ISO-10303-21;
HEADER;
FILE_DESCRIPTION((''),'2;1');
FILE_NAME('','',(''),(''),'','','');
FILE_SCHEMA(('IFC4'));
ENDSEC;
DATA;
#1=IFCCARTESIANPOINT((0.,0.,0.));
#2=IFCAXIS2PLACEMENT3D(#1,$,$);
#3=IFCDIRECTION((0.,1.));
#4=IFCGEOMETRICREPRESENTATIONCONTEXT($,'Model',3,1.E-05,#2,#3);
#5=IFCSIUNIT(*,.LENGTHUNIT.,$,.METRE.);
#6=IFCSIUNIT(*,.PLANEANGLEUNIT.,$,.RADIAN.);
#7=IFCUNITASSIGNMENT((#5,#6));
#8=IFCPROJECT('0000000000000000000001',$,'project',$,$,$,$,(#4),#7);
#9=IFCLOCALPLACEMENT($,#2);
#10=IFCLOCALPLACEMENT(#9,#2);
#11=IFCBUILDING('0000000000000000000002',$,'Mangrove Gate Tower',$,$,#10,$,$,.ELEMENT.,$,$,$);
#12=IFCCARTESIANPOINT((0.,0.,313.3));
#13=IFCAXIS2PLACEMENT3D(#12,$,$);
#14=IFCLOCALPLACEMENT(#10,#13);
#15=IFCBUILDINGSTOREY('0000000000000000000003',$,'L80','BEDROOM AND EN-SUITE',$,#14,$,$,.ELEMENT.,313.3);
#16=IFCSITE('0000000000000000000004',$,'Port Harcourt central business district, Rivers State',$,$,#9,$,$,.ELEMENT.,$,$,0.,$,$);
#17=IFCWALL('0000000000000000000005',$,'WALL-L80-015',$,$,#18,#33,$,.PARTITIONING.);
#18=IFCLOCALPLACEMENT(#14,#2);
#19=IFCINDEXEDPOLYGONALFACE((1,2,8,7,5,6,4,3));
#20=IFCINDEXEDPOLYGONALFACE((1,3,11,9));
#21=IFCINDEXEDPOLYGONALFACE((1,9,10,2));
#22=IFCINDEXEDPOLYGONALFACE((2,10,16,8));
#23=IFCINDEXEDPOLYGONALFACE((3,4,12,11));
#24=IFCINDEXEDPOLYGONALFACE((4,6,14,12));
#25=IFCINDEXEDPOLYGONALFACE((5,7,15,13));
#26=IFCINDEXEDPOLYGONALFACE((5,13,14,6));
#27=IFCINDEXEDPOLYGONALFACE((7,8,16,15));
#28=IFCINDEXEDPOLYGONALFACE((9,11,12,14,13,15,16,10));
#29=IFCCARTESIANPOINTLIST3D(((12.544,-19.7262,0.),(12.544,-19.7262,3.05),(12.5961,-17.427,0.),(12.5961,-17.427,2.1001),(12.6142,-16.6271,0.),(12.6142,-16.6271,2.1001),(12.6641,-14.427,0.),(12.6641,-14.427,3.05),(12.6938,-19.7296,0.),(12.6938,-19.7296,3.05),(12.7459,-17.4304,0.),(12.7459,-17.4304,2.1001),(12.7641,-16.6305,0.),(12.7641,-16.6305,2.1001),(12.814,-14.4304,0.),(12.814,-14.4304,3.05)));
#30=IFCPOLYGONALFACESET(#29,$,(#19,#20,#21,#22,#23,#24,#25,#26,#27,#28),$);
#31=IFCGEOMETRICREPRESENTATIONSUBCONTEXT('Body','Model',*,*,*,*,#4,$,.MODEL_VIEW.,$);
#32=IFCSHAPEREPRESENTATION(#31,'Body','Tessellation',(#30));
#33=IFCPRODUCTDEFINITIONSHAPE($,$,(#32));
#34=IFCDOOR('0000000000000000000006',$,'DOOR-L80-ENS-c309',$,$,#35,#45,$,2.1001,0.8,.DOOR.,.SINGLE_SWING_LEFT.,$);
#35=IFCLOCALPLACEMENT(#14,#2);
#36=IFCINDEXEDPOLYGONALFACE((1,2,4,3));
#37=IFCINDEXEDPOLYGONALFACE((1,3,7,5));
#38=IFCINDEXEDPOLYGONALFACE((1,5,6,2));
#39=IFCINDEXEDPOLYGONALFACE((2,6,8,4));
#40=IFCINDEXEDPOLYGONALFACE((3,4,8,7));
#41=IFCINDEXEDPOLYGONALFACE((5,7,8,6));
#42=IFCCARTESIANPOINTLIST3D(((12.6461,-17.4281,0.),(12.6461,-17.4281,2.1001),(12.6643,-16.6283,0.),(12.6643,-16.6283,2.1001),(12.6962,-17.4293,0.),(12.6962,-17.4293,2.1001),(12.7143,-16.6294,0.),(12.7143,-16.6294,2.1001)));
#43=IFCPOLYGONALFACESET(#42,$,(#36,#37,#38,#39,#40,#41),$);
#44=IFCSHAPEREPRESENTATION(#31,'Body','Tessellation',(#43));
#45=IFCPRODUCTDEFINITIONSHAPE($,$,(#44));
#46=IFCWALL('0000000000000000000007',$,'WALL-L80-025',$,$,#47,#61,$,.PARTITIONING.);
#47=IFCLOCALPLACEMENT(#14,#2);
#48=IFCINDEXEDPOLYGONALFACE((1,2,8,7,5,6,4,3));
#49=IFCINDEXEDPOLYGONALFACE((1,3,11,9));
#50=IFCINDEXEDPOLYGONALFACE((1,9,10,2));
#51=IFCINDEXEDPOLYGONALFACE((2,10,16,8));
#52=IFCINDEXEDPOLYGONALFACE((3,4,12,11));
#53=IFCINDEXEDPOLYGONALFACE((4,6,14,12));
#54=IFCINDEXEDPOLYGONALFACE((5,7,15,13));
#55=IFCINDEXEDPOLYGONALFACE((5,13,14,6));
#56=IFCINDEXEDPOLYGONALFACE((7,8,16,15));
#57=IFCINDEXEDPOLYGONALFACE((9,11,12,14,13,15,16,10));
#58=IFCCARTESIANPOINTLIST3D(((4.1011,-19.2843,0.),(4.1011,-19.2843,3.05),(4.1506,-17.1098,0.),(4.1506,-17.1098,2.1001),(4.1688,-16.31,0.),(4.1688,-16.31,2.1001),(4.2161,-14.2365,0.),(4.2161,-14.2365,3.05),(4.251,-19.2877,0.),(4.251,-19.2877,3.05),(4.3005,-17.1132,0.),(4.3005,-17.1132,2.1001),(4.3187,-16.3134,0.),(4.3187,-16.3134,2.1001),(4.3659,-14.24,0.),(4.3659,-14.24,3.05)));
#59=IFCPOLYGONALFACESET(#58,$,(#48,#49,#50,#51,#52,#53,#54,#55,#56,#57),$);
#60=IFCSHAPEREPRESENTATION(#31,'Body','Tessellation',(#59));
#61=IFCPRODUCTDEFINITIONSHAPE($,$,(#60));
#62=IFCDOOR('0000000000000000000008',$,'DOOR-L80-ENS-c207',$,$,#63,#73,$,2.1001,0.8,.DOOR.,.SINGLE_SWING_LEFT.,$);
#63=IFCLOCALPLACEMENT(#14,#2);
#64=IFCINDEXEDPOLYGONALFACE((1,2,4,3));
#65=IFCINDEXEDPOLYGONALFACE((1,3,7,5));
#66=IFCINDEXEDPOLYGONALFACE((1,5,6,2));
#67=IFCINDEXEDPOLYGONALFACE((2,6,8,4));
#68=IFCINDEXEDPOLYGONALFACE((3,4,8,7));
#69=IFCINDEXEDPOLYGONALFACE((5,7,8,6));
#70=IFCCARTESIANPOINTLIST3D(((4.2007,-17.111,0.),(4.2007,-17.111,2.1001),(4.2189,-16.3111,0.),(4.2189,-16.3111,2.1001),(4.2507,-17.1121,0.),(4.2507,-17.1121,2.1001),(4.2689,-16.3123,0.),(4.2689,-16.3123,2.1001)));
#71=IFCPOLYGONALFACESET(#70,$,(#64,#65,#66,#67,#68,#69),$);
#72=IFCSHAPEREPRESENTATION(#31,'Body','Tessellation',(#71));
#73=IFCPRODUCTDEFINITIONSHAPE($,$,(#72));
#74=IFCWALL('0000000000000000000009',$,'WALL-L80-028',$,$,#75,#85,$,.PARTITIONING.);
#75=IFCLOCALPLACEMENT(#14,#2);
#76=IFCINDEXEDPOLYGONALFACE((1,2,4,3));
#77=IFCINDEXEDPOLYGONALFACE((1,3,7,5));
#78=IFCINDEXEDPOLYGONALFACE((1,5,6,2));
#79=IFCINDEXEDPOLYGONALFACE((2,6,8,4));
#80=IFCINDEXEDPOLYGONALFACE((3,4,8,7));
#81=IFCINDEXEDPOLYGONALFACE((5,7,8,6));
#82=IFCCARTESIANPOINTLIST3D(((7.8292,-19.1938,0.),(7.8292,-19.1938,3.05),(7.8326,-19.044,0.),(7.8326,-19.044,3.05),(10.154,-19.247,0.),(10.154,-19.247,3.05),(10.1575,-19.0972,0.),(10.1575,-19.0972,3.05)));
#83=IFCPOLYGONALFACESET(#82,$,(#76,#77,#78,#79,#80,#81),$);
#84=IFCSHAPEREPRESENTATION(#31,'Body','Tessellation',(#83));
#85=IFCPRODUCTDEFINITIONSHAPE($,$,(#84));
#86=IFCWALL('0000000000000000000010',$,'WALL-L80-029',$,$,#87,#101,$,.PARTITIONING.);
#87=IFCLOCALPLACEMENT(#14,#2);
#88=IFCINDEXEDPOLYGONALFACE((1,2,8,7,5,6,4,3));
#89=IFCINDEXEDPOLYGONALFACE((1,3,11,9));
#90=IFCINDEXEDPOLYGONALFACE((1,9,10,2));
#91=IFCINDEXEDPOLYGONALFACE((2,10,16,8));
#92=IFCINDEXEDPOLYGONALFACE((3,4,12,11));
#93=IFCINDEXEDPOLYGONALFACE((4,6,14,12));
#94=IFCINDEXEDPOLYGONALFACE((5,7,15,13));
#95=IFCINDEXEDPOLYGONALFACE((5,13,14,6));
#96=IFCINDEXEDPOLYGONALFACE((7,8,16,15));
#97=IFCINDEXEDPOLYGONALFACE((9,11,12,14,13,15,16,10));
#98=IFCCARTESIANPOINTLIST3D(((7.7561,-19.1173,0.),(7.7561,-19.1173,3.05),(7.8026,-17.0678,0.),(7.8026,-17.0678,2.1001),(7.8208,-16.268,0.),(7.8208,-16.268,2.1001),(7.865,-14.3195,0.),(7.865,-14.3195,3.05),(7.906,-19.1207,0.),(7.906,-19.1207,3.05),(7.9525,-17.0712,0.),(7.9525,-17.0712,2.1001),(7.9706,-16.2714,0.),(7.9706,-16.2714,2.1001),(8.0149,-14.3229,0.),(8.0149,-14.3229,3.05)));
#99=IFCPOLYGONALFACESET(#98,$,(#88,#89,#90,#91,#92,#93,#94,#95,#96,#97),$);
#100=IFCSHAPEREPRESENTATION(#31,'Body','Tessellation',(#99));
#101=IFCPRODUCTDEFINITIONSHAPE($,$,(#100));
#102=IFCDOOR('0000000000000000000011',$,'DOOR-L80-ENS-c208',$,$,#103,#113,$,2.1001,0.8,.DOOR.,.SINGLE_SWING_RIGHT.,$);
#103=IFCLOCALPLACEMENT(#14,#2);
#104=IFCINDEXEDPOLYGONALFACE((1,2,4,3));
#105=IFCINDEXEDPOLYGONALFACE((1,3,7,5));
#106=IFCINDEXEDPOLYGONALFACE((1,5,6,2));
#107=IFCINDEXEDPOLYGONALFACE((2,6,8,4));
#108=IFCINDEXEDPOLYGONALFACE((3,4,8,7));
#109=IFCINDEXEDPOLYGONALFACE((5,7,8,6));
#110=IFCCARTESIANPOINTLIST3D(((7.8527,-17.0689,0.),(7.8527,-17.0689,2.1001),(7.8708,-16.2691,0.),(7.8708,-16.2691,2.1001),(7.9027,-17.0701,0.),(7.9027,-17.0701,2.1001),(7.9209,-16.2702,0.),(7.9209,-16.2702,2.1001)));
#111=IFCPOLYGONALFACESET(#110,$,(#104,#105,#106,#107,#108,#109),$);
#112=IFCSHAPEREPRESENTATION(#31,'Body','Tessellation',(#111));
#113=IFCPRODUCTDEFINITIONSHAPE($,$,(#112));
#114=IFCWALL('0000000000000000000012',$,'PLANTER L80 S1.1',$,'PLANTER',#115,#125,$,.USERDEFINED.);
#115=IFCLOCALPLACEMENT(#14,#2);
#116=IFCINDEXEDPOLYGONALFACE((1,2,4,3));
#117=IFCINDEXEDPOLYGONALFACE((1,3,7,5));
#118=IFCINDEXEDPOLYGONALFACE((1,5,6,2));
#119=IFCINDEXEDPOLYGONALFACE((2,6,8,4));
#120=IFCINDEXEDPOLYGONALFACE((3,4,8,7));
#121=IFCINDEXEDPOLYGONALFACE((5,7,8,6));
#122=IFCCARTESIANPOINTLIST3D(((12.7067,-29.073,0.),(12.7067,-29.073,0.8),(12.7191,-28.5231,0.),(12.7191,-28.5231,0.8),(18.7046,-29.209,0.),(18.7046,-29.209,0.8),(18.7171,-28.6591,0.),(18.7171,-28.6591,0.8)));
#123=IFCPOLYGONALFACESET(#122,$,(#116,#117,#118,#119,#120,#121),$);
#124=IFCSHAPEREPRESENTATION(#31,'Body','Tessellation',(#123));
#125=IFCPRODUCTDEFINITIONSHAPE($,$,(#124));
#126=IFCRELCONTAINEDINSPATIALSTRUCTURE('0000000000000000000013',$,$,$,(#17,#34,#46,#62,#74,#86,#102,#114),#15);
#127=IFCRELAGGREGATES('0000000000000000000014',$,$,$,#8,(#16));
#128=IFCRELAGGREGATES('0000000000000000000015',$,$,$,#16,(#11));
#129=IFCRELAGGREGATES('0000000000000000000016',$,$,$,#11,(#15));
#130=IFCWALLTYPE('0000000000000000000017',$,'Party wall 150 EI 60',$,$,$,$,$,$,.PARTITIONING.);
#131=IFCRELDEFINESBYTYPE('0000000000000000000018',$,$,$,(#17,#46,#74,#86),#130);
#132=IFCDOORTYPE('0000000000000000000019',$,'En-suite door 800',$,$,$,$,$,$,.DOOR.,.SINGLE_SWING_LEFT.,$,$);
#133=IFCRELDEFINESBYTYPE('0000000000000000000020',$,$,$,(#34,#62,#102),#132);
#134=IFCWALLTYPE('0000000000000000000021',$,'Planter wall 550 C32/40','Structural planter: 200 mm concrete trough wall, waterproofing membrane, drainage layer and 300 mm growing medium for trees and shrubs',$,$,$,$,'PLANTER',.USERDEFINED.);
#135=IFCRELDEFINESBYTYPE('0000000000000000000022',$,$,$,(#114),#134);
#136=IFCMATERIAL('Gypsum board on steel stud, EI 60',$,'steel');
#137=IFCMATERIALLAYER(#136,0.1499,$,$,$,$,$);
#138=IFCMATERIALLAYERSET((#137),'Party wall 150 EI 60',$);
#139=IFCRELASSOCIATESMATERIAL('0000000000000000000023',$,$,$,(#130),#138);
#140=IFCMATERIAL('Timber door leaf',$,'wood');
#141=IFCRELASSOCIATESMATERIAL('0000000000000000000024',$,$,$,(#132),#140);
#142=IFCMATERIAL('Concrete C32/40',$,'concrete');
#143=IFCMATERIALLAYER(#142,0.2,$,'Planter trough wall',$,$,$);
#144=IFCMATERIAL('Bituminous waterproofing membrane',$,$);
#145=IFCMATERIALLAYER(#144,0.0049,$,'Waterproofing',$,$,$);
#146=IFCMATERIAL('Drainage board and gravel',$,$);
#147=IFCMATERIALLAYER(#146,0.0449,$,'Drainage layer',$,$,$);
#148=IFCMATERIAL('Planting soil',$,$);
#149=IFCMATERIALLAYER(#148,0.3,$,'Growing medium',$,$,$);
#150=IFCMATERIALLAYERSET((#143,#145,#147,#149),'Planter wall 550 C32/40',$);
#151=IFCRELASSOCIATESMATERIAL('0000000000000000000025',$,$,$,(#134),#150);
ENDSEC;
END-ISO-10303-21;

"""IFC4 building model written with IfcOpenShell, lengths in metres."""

from ifc_helpers import new_model, si_unit, direction, frame, frame_2d, origin, place, context, subcontext, project, spatial, rectangle, extrude, material, layer, layer_set, type_object, element, fill, save


model = new_model("IFC4")

# Units and contexts
model_context = context("Model", 3, precision=1e-05, world=origin(), true_north=direction((0.0, 1.0)))
body_context = subcontext(model_context, "Body", "Model", "MODEL_VIEW")
ifc_project = project(units=[si_unit("LENGTHUNIT", "METRE"), si_unit("PLANEANGLEUNIT", "RADIAN")], contexts=[model_context])

# Site, building, storey
site_placement = place(None, origin())
site = spatial("IfcSite", under=ifc_project, at=site_placement, Name="Port Harcourt central business district, Rivers State", CompositionType="ELEMENT", RefElevation=0.0)
building_placement = place(site_placement, origin())
building = spatial("IfcBuilding", under=site, at=building_placement, Name="Mangrove Gate Tower", CompositionType="ELEMENT")
storey_placement = place(building_placement, frame((0.0, 0.0, 313.3)))
storey = spatial("IfcBuildingStorey", under=building, at=storey_placement, Name="L80", Description="BEDROOM AND EN-SUITE", CompositionType="ELEMENT", Elevation=313.3)

# Shared definitions
ifc_material_1 = material(Name="Gypsum board on steel stud, EI 60", Category="steel")
ifc_layer_1 = layer(ifc_material_1, 0.1499)
ifc_layer_set_1 = layer_set([ifc_layer_1], Name="Party wall 150 EI 60")
wall_type_1 = type_object("IfcWallType", Name="Party wall 150 EI 60", PredefinedType="PARTITIONING", material=ifc_layer_set_1)

# Walls, openings, doors
wall_1_placement = place(storey_placement, frame((12.6189, -19.728, 0.0), z_axis=(0.0, 0.0, 1.0), x_axis=(0.022662, 0.999743, 0.0)))
wall_1 = element("IfcWall", 1, at=wall_1_placement, inside=storey, type_object=wall_type_1, Name="WALL-L80-015", PredefinedType="PARTITIONING", context=body_context, shape_type="SweptSolid", body=[
    extrude(rectangle(XDim=5.3005, YDim=0.1499, at=frame_2d((2.6504, 0.0))), origin(), (0.0, 0.0, 1.0), 3.05),
])
opening_1_placement = place(wall_1_placement, frame((2.3, 0.0, 0.0)))
opening_1 = element("IfcOpeningElement", 2, at=opening_1_placement, cuts=wall_1, PredefinedType="OPENING", context=body_context, shape_type="SweptSolid", body=[
    extrude(rectangle(XDim=0.8, YDim=2.1001, at=frame_2d((0.3999, 1.05))), frame((0.0, 0.085, 0.0), z_axis=(0.0, -1.0, 0.0), x_axis=(1.0, 0.0, 0.0)), (0.0, 0.0, 1.0), 0.1699),
])
ifc_material_2 = material(Name="Timber door leaf", Category="wood")
door_type_1 = type_object("IfcDoorType", Name="En-suite door 800", OperationType="SINGLE_SWING_LEFT", PredefinedType="DOOR", material=ifc_material_2)
door_1_placement = place(opening_1_placement, origin())
door_1 = element("IfcDoor", 3, at=door_1_placement, inside=storey, type_object=door_type_1, Name="DOOR-L80-ENS-c309", OperationType="SINGLE_SWING_LEFT", OverallHeight=2.1001, OverallWidth=0.8, PredefinedType="DOOR", context=body_context, shape_type="SweptSolid", body=[
    extrude(rectangle(XDim=0.8, YDim=2.1001, at=frame_2d((0.3999, 1.05))), frame((0.0, 0.0249, 0.0), z_axis=(0.0, -1.0, 0.0), x_axis=(1.0, 0.0, 0.0)), (0.0, 0.0, 1.0), 0.05),
])
fill(opening_1, door_1)
wall_2_placement = place(storey_placement, frame((4.176, -19.2859, 0.0), z_axis=(0.0, 0.0, 1.0), x_axis=(0.022774, 0.999741, 0.0)))
wall_2 = element("IfcWall", 4, at=wall_2_placement, inside=storey, type_object=wall_type_1, Name="WALL-L80-025", PredefinedType="PARTITIONING", context=body_context, shape_type="SweptSolid", body=[
    extrude(rectangle(XDim=5.0491, YDim=0.1499, at=frame_2d((2.5244, 0.0))), origin(), (0.0, 0.0, 1.0), 3.05),
])
opening_2_placement = place(wall_2_placement, frame((2.175, 0.0, 0.0)))
opening_2 = element("IfcOpeningElement", 5, at=opening_2_placement, cuts=wall_2, PredefinedType="OPENING", context=body_context, shape_type="SweptSolid", body=[
    extrude(rectangle(XDim=0.8, YDim=2.1001, at=frame_2d((0.3999, 1.05))), frame((0.0, 0.085, 0.0), z_axis=(0.0, -1.0, 0.0), x_axis=(1.0, 0.0, 0.0)), (0.0, 0.0, 1.0), 0.1699),
])
door_2_placement = place(opening_2_placement, origin())
door_2 = element("IfcDoor", 6, at=door_2_placement, inside=storey, type_object=door_type_1, Name="DOOR-L80-ENS-c207", OperationType="SINGLE_SWING_LEFT", OverallHeight=2.1001, OverallWidth=0.8, PredefinedType="DOOR", context=body_context, shape_type="SweptSolid", body=[
    extrude(rectangle(XDim=0.8, YDim=2.1001, at=frame_2d((0.3999, 1.05))), frame((0.0, 0.0249, 0.0), z_axis=(0.0, -1.0, 0.0), x_axis=(1.0, 0.0, 0.0)), (0.0, 0.0, 1.0), 0.05),
])
fill(opening_2, door_2)

# Wall
wall_3_placement = place(storey_placement, frame((7.8311, -19.1189, 0.0), z_axis=(0.0, 0.0, 1.0), x_axis=(0.999738, -0.022886, 0.0)))
element("IfcWall", 7, at=wall_3_placement, inside=storey, type_object=wall_type_1, Name="WALL-L80-028", PredefinedType="PARTITIONING", context=body_context, shape_type="SweptSolid", body=[
    extrude(rectangle(XDim=2.3254, YDim=0.1499, at=frame_2d((1.1626, 0.0))), origin(), (0.0, 0.0, 1.0), 3.05),
])

# Wall, opening, door
wall_4_placement = place(storey_placement, frame((7.8311, -19.1189, 0.0), z_axis=(0.0, 0.0, 1.0), x_axis=(0.022689, 0.999743, 0.0)))
wall_4 = element("IfcWall", 8, at=wall_4_placement, inside=storey, type_object=wall_type_1, Name="WALL-L80-029", PredefinedType="PARTITIONING", context=body_context, shape_type="SweptSolid", body=[
    extrude(rectangle(XDim=4.7991, YDim=0.1499, at=frame_2d((2.3994, 0.0))), origin(), (0.0, 0.0, 1.0), 3.05),
])
opening_3_placement = place(wall_4_placement, frame((2.05, 0.0, 0.0)))
opening_3 = element("IfcOpeningElement", 9, at=opening_3_placement, cuts=wall_4, PredefinedType="OPENING", context=body_context, shape_type="SweptSolid", body=[
    extrude(rectangle(XDim=0.8, YDim=2.1001, at=frame_2d((0.3999, 1.05))), frame((0.0, 0.085, 0.0), z_axis=(0.0, -1.0, 0.0), x_axis=(1.0, 0.0, 0.0)), (0.0, 0.0, 1.0), 0.1699),
])
door_3_placement = place(opening_3_placement, origin())
door_3 = element("IfcDoor", 10, at=door_3_placement, inside=storey, type_object=door_type_1, Name="DOOR-L80-ENS-c208", OperationType="SINGLE_SWING_RIGHT", OverallHeight=2.1001, OverallWidth=0.8, PredefinedType="DOOR", context=body_context, shape_type="SweptSolid", body=[
    extrude(rectangle(XDim=0.8, YDim=2.1001, at=frame_2d((0.3999, 1.05))), frame((0.0, 0.0249, 0.0), z_axis=(0.0, -1.0, 0.0), x_axis=(1.0, 0.0, 0.0)), (0.0, 0.0, 1.0), 0.05),
])
fill(opening_3, door_3)

# Wall
ifc_material_3 = material(Name="Concrete C32/40", Category="concrete")
ifc_layer_2 = layer(ifc_material_3, 0.2, Name="Planter trough wall")
ifc_material_4 = material(Name="Bituminous waterproofing membrane")
ifc_layer_3 = layer(ifc_material_4, 0.0049, Name="Waterproofing")
ifc_material_5 = material(Name="Drainage board and gravel")
ifc_layer_4 = layer(ifc_material_5, 0.0449, Name="Drainage layer")
ifc_material_6 = material(Name="Planting soil")
ifc_layer_5 = layer(ifc_material_6, 0.3, Name="Growing medium")
ifc_layer_set_2 = layer_set([ifc_layer_2, ifc_layer_3, ifc_layer_4, ifc_layer_5], Name="Planter wall 550 C32/40")
wall_type_2 = type_object("IfcWallType", Name="Planter wall 550 C32/40", Description="Structural planter: 200 mm concrete trough wall, waterproofing membrane, drainage layer and 300 mm growing medium for trees and shrubs", ElementType="PLANTER", PredefinedType="USERDEFINED", material=ifc_layer_set_2)
wall_5_placement = place(storey_placement, frame((12.7129, -28.7981, 0.0), z_axis=(0.0, 0.0, 1.0), x_axis=(0.999743, -0.022666, 0.0)))
element("IfcWall", 11, at=wall_5_placement, inside=storey, type_object=wall_type_2, Name="PLANTER L80 S1.1", ObjectType="PLANTER", PredefinedType="USERDEFINED", context=body_context, shape_type="SweptSolid", body=[
    extrude(rectangle(XDim=5.9995, YDim=0.55, at=frame_2d((2.9998, 0.0))), origin(), (0.0, 0.0, 1.0), 0.8),
])

save(model, "model.ifc")
